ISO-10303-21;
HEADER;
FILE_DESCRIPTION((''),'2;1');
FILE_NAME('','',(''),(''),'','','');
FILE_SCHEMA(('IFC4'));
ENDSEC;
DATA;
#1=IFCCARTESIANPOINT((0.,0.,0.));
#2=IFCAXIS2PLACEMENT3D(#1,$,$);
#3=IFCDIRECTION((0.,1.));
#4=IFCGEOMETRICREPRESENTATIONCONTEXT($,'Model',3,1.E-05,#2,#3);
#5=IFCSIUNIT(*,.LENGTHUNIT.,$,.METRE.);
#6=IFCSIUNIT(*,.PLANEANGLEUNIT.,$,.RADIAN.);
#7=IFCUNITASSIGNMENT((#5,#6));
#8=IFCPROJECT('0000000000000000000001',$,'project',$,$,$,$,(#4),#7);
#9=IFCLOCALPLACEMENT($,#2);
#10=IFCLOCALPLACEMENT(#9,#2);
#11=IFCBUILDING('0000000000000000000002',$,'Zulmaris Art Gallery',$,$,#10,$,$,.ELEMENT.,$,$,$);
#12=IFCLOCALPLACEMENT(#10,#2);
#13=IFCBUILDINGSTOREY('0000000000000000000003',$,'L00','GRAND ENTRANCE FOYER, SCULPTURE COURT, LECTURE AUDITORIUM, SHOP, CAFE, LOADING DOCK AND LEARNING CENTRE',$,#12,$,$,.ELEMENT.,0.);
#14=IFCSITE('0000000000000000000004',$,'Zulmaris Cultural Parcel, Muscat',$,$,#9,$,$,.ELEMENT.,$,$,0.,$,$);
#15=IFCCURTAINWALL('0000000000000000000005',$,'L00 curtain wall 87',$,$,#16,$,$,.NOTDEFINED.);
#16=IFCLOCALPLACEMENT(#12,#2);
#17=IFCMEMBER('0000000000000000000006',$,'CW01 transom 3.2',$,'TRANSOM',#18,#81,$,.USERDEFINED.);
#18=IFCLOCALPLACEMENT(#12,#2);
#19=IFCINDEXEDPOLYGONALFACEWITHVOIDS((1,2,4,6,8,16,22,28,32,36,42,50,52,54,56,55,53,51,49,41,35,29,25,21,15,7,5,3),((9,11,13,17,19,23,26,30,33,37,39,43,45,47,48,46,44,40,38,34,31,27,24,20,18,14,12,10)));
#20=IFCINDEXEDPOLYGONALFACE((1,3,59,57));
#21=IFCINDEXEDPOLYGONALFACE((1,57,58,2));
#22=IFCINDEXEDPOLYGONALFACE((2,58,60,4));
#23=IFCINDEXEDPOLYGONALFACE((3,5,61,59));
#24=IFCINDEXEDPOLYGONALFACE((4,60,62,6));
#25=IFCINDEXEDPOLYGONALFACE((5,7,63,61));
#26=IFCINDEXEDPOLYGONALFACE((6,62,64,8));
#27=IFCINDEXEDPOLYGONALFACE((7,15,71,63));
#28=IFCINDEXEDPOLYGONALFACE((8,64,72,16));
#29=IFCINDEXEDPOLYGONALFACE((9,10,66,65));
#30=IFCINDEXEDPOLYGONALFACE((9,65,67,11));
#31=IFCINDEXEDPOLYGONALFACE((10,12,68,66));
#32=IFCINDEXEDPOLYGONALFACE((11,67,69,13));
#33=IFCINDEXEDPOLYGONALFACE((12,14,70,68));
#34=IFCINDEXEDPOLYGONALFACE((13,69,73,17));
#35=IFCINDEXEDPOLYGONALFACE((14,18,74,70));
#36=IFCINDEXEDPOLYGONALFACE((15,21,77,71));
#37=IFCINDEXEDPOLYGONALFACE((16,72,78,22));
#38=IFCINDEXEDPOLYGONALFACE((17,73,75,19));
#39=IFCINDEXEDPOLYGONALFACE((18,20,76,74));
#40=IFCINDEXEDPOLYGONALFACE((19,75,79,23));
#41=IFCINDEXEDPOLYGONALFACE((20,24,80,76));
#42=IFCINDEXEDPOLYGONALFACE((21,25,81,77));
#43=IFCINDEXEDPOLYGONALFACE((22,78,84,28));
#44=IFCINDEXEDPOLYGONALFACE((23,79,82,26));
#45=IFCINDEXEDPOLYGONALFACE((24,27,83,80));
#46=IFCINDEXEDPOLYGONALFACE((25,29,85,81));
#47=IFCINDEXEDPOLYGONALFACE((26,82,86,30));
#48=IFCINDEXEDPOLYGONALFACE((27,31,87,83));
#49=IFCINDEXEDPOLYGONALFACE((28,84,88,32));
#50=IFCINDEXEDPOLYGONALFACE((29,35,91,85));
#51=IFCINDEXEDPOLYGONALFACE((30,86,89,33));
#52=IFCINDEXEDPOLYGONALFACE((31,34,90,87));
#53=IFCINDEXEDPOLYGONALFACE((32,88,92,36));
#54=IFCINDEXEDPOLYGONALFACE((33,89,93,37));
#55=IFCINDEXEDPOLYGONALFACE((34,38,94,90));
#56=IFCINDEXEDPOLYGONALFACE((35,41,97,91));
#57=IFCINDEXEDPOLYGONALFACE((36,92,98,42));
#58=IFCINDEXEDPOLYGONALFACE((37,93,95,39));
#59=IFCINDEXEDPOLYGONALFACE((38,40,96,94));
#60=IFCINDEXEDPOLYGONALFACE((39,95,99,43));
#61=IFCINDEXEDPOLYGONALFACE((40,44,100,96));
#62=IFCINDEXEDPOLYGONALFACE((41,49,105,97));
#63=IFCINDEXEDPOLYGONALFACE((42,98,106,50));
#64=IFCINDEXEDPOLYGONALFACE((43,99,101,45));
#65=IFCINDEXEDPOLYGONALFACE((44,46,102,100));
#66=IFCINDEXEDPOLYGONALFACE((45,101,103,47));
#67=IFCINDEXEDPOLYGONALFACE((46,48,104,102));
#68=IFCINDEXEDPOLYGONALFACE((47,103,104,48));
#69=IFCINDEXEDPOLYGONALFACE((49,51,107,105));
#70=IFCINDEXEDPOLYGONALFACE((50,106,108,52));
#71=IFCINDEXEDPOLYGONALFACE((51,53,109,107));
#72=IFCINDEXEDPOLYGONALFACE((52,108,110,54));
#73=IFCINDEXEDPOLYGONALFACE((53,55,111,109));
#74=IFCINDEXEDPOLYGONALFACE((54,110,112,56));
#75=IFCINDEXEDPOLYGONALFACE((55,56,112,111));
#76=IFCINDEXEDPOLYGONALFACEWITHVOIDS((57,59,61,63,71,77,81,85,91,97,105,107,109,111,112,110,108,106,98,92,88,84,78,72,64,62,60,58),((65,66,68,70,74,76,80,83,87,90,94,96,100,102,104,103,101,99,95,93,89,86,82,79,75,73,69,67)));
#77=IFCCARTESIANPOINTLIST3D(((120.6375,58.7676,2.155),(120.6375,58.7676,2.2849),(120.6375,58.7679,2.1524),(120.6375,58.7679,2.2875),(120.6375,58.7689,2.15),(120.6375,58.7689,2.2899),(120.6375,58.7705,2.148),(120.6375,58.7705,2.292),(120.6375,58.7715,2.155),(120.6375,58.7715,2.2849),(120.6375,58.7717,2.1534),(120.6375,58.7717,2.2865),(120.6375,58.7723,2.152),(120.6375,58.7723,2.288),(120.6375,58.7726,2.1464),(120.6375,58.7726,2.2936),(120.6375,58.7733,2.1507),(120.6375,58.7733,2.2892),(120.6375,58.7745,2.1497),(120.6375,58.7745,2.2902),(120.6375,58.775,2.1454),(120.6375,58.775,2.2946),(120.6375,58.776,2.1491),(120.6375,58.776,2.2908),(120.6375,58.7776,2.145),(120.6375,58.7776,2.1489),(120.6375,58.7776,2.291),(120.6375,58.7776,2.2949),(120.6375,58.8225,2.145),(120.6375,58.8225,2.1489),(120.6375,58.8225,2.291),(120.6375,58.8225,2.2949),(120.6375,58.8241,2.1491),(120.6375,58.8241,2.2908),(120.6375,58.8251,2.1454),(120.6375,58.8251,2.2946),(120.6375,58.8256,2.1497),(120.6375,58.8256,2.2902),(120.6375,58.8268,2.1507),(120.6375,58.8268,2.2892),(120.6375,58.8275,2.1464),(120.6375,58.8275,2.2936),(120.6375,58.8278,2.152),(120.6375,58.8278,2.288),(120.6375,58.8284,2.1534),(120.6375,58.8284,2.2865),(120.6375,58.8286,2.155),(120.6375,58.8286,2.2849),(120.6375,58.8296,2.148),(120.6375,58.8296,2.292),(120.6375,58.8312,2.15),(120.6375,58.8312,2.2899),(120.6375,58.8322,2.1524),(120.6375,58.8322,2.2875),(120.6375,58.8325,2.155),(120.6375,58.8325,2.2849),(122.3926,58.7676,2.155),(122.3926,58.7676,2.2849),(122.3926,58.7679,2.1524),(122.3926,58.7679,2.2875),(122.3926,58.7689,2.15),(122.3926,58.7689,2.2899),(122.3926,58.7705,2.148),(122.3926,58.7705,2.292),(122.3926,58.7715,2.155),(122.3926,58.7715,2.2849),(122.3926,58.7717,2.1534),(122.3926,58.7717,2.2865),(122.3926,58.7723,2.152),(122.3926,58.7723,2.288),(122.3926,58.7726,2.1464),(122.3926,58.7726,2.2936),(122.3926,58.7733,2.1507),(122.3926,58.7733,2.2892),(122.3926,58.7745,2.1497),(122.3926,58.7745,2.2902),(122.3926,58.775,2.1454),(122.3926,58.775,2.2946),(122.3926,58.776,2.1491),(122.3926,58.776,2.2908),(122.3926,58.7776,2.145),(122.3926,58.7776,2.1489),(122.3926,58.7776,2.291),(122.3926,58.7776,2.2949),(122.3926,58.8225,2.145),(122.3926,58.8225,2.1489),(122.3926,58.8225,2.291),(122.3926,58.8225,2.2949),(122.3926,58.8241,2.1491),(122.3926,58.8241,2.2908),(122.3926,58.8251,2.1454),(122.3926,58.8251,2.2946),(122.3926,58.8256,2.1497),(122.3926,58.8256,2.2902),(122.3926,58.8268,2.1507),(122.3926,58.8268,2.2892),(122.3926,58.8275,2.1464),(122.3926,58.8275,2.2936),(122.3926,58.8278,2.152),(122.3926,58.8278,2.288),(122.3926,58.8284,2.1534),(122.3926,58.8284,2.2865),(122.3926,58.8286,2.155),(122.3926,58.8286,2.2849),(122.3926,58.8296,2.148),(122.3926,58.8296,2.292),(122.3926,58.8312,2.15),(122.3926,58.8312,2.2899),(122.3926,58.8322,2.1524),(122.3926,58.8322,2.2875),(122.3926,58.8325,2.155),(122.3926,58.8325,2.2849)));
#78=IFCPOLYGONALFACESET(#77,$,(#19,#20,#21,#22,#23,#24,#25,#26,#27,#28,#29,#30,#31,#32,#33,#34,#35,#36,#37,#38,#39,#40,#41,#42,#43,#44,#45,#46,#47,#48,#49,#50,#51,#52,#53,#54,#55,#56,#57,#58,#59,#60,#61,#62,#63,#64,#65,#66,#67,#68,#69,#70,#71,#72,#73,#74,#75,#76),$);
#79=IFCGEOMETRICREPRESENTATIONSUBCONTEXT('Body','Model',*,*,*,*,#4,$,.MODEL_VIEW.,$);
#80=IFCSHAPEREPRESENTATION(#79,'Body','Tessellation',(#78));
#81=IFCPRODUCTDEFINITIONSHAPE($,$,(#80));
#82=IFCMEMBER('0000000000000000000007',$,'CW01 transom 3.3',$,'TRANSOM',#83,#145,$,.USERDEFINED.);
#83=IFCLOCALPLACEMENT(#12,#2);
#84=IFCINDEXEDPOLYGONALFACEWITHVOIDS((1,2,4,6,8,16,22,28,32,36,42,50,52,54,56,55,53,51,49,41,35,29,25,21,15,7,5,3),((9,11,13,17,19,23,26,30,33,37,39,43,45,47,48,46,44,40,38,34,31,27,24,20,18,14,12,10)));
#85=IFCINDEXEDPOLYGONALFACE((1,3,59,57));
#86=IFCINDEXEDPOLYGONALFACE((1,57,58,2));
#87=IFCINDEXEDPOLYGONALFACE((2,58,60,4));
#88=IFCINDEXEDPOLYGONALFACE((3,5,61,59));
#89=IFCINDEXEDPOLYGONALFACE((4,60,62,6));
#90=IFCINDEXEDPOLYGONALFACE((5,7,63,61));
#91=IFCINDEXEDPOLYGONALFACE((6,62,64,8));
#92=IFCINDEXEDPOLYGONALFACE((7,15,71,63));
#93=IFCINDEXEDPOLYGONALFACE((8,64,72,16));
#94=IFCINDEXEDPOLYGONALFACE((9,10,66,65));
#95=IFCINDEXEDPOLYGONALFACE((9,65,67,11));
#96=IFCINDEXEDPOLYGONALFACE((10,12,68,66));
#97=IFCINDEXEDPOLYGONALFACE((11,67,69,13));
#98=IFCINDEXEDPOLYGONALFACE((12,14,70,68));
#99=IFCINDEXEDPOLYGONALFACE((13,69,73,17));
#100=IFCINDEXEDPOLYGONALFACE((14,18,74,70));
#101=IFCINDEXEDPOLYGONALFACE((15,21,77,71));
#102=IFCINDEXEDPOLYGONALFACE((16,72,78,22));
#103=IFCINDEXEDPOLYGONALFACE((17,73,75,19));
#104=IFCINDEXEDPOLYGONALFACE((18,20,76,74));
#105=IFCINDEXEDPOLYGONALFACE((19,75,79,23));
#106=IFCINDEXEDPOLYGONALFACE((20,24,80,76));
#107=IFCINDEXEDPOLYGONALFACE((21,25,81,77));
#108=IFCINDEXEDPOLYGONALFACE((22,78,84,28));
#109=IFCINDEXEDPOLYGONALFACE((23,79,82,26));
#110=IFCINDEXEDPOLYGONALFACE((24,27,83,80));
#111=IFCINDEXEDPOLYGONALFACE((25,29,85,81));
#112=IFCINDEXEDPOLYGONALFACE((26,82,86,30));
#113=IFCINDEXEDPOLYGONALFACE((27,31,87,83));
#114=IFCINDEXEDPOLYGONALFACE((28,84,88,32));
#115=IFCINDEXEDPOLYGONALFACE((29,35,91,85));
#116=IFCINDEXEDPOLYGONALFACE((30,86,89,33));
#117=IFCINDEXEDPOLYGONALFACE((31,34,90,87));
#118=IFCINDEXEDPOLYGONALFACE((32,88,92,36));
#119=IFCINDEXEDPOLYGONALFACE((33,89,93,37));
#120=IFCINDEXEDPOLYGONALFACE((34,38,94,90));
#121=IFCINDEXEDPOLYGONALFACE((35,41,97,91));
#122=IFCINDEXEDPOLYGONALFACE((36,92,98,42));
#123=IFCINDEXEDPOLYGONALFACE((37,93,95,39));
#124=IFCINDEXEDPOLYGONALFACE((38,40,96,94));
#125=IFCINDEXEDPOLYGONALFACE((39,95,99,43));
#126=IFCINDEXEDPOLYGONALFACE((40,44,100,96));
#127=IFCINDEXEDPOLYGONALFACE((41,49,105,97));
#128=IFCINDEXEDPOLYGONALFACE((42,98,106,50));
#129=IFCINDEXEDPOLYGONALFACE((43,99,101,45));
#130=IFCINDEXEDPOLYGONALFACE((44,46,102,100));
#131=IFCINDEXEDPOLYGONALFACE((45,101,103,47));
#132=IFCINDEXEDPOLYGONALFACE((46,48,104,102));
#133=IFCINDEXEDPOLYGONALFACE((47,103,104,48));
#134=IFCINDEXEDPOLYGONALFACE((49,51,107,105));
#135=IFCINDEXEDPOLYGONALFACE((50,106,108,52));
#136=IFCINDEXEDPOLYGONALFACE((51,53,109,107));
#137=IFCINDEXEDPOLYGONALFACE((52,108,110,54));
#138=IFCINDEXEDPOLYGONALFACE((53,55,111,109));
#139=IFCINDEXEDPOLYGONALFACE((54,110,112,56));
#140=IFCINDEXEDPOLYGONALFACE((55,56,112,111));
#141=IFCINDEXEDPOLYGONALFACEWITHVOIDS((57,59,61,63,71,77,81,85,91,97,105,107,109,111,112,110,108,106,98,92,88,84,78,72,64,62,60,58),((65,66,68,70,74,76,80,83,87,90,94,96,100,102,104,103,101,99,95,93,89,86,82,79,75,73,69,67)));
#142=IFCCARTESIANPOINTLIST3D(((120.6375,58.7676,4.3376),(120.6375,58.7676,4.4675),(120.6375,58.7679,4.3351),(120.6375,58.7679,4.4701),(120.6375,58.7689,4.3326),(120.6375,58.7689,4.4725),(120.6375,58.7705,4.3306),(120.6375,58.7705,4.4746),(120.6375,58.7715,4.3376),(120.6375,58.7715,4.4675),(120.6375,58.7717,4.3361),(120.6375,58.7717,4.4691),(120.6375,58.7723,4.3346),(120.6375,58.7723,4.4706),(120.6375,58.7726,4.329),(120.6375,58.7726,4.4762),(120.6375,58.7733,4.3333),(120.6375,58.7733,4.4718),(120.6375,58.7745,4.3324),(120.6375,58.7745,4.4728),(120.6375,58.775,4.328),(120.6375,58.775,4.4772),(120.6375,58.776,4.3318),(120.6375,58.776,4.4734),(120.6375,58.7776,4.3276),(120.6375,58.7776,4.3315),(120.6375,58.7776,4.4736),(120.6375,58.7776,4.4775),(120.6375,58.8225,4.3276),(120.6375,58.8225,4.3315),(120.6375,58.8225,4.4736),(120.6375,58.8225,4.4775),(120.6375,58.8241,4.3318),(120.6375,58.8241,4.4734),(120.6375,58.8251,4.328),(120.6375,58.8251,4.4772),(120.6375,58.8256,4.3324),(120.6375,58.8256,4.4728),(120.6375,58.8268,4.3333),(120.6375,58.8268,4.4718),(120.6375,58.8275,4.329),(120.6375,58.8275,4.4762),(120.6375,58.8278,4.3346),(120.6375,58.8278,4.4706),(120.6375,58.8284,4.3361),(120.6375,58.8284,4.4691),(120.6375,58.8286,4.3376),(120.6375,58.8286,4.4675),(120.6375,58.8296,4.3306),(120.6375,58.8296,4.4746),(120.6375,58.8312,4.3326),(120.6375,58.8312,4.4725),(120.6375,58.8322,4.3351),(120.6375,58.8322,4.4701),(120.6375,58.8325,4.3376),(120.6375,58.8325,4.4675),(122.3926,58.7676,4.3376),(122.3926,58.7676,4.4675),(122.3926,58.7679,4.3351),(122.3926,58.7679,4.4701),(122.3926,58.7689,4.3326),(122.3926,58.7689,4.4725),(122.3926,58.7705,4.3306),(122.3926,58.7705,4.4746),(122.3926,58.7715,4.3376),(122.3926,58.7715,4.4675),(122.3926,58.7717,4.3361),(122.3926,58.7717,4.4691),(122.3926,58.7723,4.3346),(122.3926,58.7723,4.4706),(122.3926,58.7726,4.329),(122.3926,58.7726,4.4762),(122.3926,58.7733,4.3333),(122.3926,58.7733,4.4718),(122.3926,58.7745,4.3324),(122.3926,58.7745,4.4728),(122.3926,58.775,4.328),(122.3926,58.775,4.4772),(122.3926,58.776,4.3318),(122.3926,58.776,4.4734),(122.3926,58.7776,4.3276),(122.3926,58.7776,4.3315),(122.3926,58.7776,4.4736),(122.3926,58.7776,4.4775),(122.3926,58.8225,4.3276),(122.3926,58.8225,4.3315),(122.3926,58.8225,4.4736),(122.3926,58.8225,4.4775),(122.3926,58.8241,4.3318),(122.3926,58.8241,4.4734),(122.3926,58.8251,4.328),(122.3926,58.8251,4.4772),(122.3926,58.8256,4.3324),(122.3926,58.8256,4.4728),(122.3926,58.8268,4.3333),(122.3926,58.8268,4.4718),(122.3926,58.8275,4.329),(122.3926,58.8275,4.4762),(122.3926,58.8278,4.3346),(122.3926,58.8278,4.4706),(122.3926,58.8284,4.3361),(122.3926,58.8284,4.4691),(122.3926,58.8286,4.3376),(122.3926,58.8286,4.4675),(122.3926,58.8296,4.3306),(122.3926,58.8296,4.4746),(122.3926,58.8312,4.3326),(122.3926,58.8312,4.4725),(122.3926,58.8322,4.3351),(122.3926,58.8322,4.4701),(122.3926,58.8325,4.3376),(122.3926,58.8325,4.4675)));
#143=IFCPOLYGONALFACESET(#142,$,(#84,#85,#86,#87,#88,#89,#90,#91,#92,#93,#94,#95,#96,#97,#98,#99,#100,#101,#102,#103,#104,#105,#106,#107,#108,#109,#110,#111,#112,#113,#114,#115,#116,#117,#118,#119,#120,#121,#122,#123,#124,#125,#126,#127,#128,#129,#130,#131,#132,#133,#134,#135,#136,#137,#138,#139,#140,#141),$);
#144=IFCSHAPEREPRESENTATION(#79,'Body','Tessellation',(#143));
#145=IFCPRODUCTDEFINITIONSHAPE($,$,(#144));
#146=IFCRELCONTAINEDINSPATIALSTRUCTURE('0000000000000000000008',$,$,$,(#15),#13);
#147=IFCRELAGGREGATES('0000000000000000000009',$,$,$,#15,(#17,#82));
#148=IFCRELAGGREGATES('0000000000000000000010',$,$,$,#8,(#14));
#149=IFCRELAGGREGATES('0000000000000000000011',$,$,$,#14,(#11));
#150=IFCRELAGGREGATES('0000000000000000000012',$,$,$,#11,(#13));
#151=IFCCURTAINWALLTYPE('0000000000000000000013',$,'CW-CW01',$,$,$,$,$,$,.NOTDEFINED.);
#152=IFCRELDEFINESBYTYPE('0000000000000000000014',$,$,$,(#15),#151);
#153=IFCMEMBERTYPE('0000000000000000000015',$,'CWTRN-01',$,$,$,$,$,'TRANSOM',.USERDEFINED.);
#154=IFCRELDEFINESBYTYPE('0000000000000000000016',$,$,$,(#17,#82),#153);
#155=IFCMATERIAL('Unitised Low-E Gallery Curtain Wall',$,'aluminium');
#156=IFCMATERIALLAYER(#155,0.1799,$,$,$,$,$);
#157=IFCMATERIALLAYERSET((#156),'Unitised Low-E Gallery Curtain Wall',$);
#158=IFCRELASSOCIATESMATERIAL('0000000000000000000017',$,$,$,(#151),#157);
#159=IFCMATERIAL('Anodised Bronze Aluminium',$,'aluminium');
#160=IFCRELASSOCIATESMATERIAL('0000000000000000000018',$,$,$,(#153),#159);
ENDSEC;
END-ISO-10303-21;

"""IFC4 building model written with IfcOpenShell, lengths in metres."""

from ifc_helpers import new_model, si_unit, direction, frame, origin, origin_2d, place, context, subcontext, project, spatial, hollow_rectangle, extrude, material, layer, layer_set, material_profile, profile_set, type_object, element, aggregate, save


model = new_model("IFC4")

# Units and contexts
model_context = context("Model", 3, precision=1e-05, world=origin(), true_north=direction((0.0, 1.0)))
body_context = subcontext(model_context, "Body", "Model", "MODEL_VIEW")
ifc_project = project(units=[si_unit("LENGTHUNIT", "METRE"), si_unit("PLANEANGLEUNIT", "RADIAN")], contexts=[model_context])

# Site, building, storey
site_placement = place(None, origin())
site = spatial("IfcSite", under=ifc_project, at=site_placement, Name="Zulmaris Cultural Parcel, Muscat", CompositionType="ELEMENT", RefElevation=0.0)
building_placement = place(site_placement, origin())
building = spatial("IfcBuilding", under=site, at=building_placement, Name="Zulmaris Art Gallery", CompositionType="ELEMENT")
storey_placement = place(building_placement, origin())
storey = spatial("IfcBuildingStorey", under=building, at=storey_placement, Name="L00", Description="GRAND ENTRANCE FOYER, SCULPTURE COURT, LECTURE AUDITORIUM, SHOP, CAFE, LOADING DOCK AND LEARNING CENTRE", CompositionType="ELEMENT", Elevation=0.0)

# Curtain wall
ifc_material_1 = material(Name="Unitised Low-E Gallery Curtain Wall", Category="aluminium")
ifc_layer_1 = layer(ifc_material_1, 0.1799)
ifc_layer_set_1 = layer_set([ifc_layer_1], Name="Unitised Low-E Gallery Curtain Wall")
curtain_wall_type = type_object("IfcCurtainWallType", Name="CW-CW01", PredefinedType="NOTDEFINED", material=ifc_layer_set_1)
ifc_material_2 = material(Name="Anodised Bronze Aluminium", Category="aluminium")
curtain_wall_1_placement = place(storey_placement, origin())
curtain_wall_1 = element("IfcCurtainWall", 1, at=curtain_wall_1_placement, inside=storey, type_object=curtain_wall_type, Name="L00 curtain wall 87", PredefinedType="NOTDEFINED")

# Members
ifc_material_profile_1 = material_profile(ifc_material_2, hollow_rectangle(XDim=0.0649, YDim=0.1499, WallThickness=0.0039, InnerFilletRadius=0.0061, OuterFilletRadius=0.01, at=origin_2d()), Name="ALU 65x150x4")
ifc_profile_set_1 = profile_set([ifc_material_profile_1], Name="Anodised Bronze Aluminium")
member_type_1 = type_object("IfcMemberType", Name="CWTRN-01", ElementType="TRANSOM", PredefinedType="USERDEFINED", material=ifc_profile_set_1)
member_1_placement = place(storey_placement, frame((120.6375, 58.8, 2.22), z_axis=(1.0, 0.0, 0.0), x_axis=(0.0, 1.0, 0.0)))
member_1 = element("IfcMember", 2, at=member_1_placement, type_object=member_type_1, Name="CW01 transom 3.2", ObjectType="TRANSOM", PredefinedType="USERDEFINED", context=body_context, shape_type="SweptSolid", body=[
    extrude(hollow_rectangle(XDim=0.0649, YDim=0.1499, WallThickness=0.0039, InnerFilletRadius=0.0061, OuterFilletRadius=0.01, at=origin_2d()), origin(), (0.0, 0.0, 1.0), 1.7551),
])
member_2_placement = place(storey_placement, frame((120.6375, 58.8, 4.4026), z_axis=(1.0, 0.0, 0.0), x_axis=(0.0, 1.0, 0.0)))
member_2 = element("IfcMember", 3, at=member_2_placement, type_object=member_type_1, Name="CW01 transom 3.3", ObjectType="TRANSOM", PredefinedType="USERDEFINED", context=body_context, shape_type="SweptSolid", body=[
    extrude(hollow_rectangle(XDim=0.0649, YDim=0.1499, WallThickness=0.0039, InnerFilletRadius=0.0061, OuterFilletRadius=0.01, at=origin_2d()), origin(), (0.0, 0.0, 1.0), 1.7551),
])

aggregate(curtain_wall_1, [member_1, member_2])

save(model, "model.ifc")
